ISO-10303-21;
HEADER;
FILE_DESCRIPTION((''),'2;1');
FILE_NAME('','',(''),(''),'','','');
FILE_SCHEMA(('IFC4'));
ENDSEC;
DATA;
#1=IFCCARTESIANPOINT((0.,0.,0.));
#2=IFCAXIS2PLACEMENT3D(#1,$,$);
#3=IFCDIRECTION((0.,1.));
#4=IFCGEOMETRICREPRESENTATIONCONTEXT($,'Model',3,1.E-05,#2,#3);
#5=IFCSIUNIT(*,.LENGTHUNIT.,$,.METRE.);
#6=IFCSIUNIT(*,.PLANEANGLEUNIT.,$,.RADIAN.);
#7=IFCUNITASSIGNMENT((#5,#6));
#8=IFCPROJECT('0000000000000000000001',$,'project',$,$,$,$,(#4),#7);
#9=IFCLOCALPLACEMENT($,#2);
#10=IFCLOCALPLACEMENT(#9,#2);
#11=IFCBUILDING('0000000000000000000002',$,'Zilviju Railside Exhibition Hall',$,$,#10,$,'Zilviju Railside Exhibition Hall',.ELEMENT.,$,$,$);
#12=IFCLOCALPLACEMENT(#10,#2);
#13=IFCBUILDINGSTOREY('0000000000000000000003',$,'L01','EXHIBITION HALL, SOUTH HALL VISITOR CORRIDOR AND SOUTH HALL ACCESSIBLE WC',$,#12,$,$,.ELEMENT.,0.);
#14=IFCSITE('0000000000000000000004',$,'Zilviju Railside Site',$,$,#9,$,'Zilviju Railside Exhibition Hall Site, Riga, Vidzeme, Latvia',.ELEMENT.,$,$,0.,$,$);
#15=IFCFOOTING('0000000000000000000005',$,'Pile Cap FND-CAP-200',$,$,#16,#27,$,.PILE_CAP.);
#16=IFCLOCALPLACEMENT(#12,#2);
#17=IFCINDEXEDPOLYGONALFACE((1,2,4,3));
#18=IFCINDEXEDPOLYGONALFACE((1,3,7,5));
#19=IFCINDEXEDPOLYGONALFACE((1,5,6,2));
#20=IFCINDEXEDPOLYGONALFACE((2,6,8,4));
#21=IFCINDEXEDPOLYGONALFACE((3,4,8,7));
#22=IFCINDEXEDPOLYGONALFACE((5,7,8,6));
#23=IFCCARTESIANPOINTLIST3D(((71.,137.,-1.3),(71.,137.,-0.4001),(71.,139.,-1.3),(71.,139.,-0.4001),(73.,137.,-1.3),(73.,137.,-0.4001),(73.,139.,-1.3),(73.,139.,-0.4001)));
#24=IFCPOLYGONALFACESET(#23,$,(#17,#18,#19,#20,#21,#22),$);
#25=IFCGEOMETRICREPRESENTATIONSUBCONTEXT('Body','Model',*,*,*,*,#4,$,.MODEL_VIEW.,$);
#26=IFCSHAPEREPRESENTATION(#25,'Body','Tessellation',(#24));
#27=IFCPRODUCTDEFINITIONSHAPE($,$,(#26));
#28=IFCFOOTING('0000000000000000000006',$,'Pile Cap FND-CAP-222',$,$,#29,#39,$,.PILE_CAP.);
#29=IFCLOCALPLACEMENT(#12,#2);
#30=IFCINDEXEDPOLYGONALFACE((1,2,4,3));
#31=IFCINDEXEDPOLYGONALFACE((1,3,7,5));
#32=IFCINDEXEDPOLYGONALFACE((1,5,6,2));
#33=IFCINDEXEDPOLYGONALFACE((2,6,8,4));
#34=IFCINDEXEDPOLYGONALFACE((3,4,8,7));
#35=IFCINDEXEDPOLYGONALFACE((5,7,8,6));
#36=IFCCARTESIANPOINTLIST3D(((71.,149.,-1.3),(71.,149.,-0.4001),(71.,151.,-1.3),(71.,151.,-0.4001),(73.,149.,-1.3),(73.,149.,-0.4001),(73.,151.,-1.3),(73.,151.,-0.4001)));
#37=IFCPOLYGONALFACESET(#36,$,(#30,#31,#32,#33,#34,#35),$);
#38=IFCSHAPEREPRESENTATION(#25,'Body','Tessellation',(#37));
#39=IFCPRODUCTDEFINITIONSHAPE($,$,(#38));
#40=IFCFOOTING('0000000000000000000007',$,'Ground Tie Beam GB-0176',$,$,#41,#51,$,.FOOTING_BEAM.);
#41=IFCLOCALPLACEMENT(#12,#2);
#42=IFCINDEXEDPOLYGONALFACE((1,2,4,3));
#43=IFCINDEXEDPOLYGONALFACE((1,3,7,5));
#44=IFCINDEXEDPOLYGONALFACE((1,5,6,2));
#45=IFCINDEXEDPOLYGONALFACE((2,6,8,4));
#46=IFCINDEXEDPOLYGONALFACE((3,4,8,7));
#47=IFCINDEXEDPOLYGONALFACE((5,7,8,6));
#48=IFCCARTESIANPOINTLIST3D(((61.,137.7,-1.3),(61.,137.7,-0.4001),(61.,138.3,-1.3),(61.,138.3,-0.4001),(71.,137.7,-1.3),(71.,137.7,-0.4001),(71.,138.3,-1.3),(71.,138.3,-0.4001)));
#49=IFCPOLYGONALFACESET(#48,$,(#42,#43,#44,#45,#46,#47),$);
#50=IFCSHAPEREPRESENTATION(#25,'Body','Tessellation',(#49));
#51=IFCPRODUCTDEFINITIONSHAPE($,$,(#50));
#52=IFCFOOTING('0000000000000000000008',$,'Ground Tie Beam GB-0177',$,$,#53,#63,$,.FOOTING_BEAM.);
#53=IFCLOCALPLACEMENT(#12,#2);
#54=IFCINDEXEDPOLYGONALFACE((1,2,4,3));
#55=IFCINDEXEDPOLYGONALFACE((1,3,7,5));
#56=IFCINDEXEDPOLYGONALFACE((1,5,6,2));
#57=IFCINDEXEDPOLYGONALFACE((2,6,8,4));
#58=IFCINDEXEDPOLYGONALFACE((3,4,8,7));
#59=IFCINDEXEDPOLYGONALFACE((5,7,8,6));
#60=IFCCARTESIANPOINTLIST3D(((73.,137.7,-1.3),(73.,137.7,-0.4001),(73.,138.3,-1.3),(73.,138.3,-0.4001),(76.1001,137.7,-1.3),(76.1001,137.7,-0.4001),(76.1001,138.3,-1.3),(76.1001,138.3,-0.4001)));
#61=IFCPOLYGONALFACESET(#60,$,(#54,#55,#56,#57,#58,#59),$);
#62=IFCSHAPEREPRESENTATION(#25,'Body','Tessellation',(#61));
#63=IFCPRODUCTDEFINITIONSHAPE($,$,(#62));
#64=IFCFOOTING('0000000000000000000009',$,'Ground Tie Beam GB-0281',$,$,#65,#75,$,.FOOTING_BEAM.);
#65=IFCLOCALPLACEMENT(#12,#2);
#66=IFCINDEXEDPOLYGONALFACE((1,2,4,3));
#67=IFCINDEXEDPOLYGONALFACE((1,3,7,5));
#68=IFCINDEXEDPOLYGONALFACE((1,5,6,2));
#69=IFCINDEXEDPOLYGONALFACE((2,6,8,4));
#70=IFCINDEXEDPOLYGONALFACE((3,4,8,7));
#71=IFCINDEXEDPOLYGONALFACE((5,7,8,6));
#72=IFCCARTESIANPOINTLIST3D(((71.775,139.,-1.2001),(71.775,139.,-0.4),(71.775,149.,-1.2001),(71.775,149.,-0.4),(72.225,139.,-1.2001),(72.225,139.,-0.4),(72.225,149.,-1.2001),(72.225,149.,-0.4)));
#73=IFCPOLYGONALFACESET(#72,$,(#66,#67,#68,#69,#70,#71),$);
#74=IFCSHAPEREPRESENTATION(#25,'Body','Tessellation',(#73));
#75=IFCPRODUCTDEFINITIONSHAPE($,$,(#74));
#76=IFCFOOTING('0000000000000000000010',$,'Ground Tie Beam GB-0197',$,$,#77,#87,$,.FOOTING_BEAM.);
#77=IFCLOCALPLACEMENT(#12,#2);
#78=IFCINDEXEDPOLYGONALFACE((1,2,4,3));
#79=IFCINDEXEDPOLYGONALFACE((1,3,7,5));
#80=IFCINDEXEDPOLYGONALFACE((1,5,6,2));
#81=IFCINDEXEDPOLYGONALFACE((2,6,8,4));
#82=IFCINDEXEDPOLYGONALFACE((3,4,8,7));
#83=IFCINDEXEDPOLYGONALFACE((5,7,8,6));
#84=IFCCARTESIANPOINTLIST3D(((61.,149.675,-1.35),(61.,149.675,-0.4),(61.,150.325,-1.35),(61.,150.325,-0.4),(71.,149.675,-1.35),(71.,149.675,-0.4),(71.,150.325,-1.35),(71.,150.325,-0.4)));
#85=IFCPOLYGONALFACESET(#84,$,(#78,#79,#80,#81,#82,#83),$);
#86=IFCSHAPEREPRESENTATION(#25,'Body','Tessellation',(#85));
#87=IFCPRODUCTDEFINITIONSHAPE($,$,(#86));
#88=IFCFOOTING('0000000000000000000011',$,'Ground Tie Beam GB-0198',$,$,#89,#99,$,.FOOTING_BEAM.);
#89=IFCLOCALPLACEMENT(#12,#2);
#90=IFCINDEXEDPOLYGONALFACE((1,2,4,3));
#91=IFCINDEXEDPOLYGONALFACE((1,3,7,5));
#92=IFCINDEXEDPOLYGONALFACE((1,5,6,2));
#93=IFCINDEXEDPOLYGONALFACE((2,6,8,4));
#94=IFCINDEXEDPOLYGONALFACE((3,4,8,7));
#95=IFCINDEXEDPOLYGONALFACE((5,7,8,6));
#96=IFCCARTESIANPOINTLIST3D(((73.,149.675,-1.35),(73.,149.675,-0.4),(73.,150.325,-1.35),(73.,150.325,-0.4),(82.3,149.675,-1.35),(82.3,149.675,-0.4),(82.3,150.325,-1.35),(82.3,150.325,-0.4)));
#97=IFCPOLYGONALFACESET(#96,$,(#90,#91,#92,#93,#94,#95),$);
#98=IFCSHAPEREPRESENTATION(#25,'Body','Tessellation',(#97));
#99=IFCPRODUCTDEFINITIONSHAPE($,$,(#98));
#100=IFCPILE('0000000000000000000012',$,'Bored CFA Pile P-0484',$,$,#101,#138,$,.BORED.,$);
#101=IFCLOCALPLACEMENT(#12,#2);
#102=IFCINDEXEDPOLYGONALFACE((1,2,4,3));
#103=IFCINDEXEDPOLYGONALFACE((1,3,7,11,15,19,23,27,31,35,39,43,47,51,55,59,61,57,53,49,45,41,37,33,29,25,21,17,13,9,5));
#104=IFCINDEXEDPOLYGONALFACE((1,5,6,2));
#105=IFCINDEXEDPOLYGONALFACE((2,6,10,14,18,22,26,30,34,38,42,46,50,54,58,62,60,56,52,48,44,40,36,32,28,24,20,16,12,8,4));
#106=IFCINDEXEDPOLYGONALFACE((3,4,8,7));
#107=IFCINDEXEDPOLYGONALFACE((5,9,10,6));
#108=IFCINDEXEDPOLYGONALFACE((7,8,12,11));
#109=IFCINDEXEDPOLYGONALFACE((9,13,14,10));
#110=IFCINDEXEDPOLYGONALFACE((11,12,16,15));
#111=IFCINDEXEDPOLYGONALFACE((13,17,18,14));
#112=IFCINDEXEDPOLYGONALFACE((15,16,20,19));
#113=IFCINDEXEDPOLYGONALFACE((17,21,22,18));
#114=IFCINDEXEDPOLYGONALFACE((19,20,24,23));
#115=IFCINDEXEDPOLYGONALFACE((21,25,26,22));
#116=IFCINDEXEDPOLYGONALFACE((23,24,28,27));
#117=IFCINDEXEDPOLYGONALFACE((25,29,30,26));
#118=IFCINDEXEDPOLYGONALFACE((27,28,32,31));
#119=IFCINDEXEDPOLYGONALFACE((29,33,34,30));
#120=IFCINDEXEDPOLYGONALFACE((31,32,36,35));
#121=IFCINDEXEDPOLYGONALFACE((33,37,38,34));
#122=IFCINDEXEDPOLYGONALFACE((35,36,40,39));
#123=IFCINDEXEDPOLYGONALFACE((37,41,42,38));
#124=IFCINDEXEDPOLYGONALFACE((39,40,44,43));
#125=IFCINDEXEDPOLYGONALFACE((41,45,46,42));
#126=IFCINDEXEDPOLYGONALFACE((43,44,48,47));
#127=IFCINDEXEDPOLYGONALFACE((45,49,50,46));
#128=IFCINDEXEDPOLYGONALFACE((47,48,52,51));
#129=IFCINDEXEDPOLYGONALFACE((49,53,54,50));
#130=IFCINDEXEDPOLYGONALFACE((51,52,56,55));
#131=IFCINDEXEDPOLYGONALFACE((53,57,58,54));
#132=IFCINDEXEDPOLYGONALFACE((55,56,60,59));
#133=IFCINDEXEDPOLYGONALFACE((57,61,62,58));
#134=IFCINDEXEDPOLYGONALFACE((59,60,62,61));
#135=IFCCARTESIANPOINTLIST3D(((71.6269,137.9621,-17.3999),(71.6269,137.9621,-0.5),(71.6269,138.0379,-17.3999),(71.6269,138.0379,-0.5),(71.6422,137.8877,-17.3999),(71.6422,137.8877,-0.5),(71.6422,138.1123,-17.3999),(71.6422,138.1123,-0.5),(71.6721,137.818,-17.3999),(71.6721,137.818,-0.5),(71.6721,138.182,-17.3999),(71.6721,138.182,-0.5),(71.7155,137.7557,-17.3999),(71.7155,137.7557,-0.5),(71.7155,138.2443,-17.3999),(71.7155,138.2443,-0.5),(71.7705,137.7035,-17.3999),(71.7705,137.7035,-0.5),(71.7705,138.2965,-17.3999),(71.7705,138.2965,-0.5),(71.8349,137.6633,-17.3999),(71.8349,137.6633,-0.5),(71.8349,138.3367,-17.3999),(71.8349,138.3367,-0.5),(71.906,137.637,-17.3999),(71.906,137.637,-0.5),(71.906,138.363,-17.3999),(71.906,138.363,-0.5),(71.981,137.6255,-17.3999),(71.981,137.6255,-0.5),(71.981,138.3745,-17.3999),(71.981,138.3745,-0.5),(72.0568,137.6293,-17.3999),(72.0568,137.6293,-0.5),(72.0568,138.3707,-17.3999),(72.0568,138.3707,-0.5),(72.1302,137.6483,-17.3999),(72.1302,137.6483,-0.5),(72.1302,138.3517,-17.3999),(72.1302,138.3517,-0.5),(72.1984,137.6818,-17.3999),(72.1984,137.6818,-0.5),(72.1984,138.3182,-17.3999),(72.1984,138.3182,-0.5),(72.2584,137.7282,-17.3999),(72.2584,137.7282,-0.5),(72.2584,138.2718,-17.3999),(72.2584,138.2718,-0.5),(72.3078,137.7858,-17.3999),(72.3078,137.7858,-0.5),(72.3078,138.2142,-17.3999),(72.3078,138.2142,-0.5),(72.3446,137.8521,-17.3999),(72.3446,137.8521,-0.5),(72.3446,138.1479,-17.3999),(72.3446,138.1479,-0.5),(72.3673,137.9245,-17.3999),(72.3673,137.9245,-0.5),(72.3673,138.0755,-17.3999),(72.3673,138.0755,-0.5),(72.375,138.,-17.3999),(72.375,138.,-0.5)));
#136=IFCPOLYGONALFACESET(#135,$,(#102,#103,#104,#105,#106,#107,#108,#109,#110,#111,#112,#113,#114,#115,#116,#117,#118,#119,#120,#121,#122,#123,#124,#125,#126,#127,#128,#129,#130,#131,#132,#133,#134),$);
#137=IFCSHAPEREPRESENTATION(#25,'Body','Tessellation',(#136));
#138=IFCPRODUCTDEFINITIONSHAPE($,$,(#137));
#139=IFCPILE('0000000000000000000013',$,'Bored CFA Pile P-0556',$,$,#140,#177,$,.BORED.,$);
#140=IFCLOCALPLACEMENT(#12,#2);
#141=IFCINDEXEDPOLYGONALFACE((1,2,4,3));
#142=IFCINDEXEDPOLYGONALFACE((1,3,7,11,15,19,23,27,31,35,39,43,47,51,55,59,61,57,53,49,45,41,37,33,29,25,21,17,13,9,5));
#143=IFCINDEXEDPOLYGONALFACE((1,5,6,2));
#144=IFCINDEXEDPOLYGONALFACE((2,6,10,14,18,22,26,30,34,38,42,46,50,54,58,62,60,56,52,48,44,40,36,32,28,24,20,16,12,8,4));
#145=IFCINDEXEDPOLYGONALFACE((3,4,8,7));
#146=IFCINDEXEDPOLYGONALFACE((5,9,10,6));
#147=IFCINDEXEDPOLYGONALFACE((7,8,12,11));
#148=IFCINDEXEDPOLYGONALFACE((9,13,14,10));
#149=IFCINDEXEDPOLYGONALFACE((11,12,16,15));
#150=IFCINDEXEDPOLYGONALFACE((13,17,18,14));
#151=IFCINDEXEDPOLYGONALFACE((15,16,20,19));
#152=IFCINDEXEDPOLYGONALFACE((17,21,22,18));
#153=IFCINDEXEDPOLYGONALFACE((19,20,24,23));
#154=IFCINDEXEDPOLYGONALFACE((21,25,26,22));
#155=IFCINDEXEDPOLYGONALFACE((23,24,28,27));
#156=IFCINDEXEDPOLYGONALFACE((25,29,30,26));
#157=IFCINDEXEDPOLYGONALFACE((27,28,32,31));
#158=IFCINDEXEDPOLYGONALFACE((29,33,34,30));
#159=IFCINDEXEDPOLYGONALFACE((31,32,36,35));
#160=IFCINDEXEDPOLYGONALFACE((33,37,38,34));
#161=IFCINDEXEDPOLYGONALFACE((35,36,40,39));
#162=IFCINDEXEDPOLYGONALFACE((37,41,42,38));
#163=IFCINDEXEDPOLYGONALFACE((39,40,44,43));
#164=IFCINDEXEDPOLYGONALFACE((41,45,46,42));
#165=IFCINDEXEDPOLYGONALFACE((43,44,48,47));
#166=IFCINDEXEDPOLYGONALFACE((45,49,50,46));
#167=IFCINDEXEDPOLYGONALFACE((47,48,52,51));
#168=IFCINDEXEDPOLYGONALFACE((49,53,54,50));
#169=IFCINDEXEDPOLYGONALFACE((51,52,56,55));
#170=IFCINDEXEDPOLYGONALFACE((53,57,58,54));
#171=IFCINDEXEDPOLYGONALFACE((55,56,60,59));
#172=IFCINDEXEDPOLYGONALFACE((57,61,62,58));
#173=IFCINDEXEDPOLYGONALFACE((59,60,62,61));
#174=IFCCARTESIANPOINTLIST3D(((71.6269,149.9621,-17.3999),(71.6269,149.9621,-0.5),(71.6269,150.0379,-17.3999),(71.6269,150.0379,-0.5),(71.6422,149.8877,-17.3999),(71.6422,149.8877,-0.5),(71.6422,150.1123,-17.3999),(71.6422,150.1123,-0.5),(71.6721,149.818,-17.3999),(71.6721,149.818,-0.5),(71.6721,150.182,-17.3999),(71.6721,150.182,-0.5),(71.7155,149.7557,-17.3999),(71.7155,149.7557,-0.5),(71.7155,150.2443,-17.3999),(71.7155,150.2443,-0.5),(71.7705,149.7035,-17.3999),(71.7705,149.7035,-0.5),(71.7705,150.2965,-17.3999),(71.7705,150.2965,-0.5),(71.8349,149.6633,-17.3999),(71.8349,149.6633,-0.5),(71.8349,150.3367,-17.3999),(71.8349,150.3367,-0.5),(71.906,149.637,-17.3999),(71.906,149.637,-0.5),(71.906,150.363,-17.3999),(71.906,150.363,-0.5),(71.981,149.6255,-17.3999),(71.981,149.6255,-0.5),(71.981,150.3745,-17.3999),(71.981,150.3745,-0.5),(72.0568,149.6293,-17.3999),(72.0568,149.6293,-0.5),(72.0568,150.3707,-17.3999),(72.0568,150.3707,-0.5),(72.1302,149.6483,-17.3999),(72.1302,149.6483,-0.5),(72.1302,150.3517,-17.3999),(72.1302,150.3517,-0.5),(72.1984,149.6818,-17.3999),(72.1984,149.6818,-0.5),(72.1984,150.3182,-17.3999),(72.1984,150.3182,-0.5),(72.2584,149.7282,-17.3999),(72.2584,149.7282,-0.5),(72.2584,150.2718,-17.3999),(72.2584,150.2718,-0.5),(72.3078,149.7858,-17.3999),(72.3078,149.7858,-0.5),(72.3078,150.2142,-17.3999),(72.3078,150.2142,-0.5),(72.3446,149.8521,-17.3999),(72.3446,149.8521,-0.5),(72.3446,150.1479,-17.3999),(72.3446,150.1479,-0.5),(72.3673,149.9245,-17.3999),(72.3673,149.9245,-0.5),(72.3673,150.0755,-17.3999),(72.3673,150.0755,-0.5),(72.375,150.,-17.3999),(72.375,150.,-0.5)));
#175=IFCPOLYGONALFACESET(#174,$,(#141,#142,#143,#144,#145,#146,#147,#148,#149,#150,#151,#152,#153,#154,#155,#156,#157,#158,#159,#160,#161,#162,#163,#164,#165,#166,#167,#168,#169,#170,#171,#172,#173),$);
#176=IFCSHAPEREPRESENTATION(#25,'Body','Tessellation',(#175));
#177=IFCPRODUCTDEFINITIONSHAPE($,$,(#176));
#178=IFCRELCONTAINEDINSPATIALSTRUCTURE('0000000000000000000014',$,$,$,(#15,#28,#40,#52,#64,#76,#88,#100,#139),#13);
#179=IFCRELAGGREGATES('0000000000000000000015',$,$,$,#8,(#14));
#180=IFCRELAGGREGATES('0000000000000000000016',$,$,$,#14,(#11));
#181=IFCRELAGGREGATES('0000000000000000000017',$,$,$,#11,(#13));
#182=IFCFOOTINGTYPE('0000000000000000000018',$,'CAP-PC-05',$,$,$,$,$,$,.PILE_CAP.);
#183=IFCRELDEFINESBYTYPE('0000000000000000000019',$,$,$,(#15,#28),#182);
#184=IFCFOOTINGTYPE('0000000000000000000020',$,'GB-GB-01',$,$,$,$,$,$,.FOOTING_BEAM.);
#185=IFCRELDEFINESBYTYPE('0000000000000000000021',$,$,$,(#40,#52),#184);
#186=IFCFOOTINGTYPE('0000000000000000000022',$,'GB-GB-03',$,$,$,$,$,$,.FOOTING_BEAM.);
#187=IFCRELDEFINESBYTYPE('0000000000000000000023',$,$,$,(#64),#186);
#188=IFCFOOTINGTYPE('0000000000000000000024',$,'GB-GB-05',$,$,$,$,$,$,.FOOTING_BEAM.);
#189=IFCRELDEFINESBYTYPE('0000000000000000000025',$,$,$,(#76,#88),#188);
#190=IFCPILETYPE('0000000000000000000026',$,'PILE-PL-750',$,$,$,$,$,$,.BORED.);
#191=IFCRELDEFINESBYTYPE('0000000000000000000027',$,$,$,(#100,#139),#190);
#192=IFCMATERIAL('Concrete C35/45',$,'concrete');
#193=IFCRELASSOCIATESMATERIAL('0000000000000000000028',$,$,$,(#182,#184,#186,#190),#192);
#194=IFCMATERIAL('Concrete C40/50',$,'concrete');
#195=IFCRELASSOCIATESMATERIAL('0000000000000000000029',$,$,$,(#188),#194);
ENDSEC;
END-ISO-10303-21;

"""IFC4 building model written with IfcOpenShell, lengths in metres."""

from ifc_helpers import new_model, si_unit, direction, frame, origin, origin_2d, place, context, subcontext, project, spatial, rectangle, circle, extrude, material, material_profile, profile_set, type_object, element, save


model = new_model("IFC4")

# Units and contexts
model_context = context("Model", 3, precision=1e-05, world=origin(), true_north=direction((0.0, 1.0)))
body_context = subcontext(model_context, "Body", "Model", "MODEL_VIEW")
ifc_project = project(units=[si_unit("LENGTHUNIT", "METRE"), si_unit("PLANEANGLEUNIT", "RADIAN")], contexts=[model_context])

# Site, building, storey
site_placement = place(None, origin())
site = spatial("IfcSite", under=ifc_project, at=site_placement, Name="Zilviju Railside Site", LongName="Zilviju Railside Exhibition Hall Site, Riga, Vidzeme, Latvia", CompositionType="ELEMENT", RefElevation=0.0)
building_placement = place(site_placement, origin())
building = spatial("IfcBuilding", under=site, at=building_placement, Name="Zilviju Railside Exhibition Hall", LongName="Zilviju Railside Exhibition Hall", CompositionType="ELEMENT")
storey_placement = place(building_placement, origin())
storey = spatial("IfcBuildingStorey", under=building, at=storey_placement, Name="L01", Description="EXHIBITION HALL, SOUTH HALL VISITOR CORRIDOR AND SOUTH HALL ACCESSIBLE WC", CompositionType="ELEMENT", Elevation=0.0)

# Footings
ifc_material_1 = material(Name="Concrete C35/45", Category="concrete")
footing_type_1 = type_object("IfcFootingType", Name="CAP-PC-05", PredefinedType="PILE_CAP", material=ifc_material_1)
for number, where, z_axis, x_axis, name in (
    (1, (72.0, 138.0, -1.3), (0.0, 0.0, 1.0), (1.0, 0.0, 0.0), "Pile Cap FND-CAP-200"),
    (2, (72.0, 150.0, -1.3), (0.0, 0.0, 1.0), (1.0, 0.0, 0.0), "Pile Cap FND-CAP-222"),
):
    element("IfcFooting", number, at=place(storey_placement, frame(where, z_axis=z_axis, x_axis=x_axis)), inside=storey, type_object=footing_type_1, Name=name, PredefinedType="PILE_CAP", context=body_context, shape_type="SweptSolid", body=[
        extrude(rectangle(XDim=2.0, YDim=2.0, at=origin_2d()), origin(), (0.0, 0.0, 1.0), 0.8999),
    ])
ifc_material_profile_1 = material_profile(ifc_material_1, rectangle(XDim=0.6001, YDim=0.8999, at=origin_2d()), Name="TIE BEAM 600x900")
ifc_profile_set_1 = profile_set([ifc_material_profile_1], Name="Concrete C35/45")
footing_type_2 = type_object("IfcFootingType", Name="GB-GB-01", PredefinedType="FOOTING_BEAM", material=ifc_profile_set_1)
footing_1_placement = place(storey_placement, frame((61.0, 138.0, -0.8501), z_axis=(1.0, 0.0, 0.0), x_axis=(0.0, 1.0, 0.0)))
element("IfcFooting", 3, at=footing_1_placement, inside=storey, type_object=footing_type_2, Name="Ground Tie Beam GB-0176", PredefinedType="FOOTING_BEAM", context=body_context, shape_type="SweptSolid", body=[
    extrude(rectangle(XDim=0.6001, YDim=0.8999, at=origin_2d()), origin(), (0.0, 0.0, 1.0), 10.0),
])
footing_2_placement = place(storey_placement, frame((73.0, 138.0, -0.8501), z_axis=(1.0, 0.0, 0.0), x_axis=(0.0, 1.0, 0.0)))
element("IfcFooting", 4, at=footing_2_placement, inside=storey, type_object=footing_type_2, Name="Ground Tie Beam GB-0177", PredefinedType="FOOTING_BEAM", context=body_context, shape_type="SweptSolid", body=[
    extrude(rectangle(XDim=0.6001, YDim=0.8999, at=origin_2d()), origin(), (0.0, 0.0, 1.0), 3.1001),
])
ifc_material_profile_2 = material_profile(ifc_material_1, rectangle(XDim=0.45, YDim=0.8, at=origin_2d()), Name="TIE BEAM 450x800")
ifc_profile_set_2 = profile_set([ifc_material_profile_2], Name="Concrete C35/45")
footing_type_3 = type_object("IfcFootingType", Name="GB-GB-03", PredefinedType="FOOTING_BEAM", material=ifc_profile_set_2)
footing_3_placement = place(storey_placement, frame((72.0, 139.0, -0.8), z_axis=(0.0, 1.0, 0.0), x_axis=(-1.0, 0.0, 0.0)))
element("IfcFooting", 5, at=footing_3_placement, inside=storey, type_object=footing_type_3, Name="Ground Tie Beam GB-0281", PredefinedType="FOOTING_BEAM", context=body_context, shape_type="SweptSolid", body=[
    extrude(rectangle(XDim=0.45, YDim=0.8, at=origin_2d()), origin(), (0.0, 0.0, 1.0), 10.0),
])
ifc_material_2 = material(Name="Concrete C40/50", Category="concrete")
ifc_material_profile_3 = material_profile(ifc_material_2, rectangle(XDim=0.6499, YDim=0.95, at=origin_2d()), Name="TIE BEAM 650x950")
ifc_profile_set_3 = profile_set([ifc_material_profile_3], Name="Concrete C40/50")
footing_type_4 = type_object("IfcFootingType", Name="GB-GB-05", PredefinedType="FOOTING_BEAM", material=ifc_profile_set_3)
footing_4_placement = place(storey_placement, frame((61.0, 150.0, -0.875), z_axis=(1.0, 0.0, 0.0), x_axis=(0.0, 1.0, 0.0)))
element("IfcFooting", 6, at=footing_4_placement, inside=storey, type_object=footing_type_4, Name="Ground Tie Beam GB-0197", PredefinedType="FOOTING_BEAM", context=body_context, shape_type="SweptSolid", body=[
    extrude(rectangle(XDim=0.6499, YDim=0.95, at=origin_2d()), origin(), (0.0, 0.0, 1.0), 10.0),
])
footing_5_placement = place(storey_placement, frame((73.0, 150.0, -0.875), z_axis=(1.0, 0.0, 0.0), x_axis=(0.0, 1.0, 0.0)))
element("IfcFooting", 7, at=footing_5_placement, inside=storey, type_object=footing_type_4, Name="Ground Tie Beam GB-0198", PredefinedType="FOOTING_BEAM", context=body_context, shape_type="SweptSolid", body=[
    extrude(rectangle(XDim=0.6499, YDim=0.95, at=origin_2d()), origin(), (0.0, 0.0, 1.0), 9.3),
])

# Piles
ifc_material_profile_4 = material_profile(ifc_material_1, circle(Radius=0.375, at=origin_2d()), Name="CFA PILE D750")
ifc_profile_set_4 = profile_set([ifc_material_profile_4], Name="Concrete C35/45")
pile_type_1 = type_object("IfcPileType", Name="PILE-PL-750", PredefinedType="BORED", material=ifc_profile_set_4)
for number, where, z_axis, x_axis, name in (
    (8, (72.0, 138.0, -0.5), (0.0, 0.0, -1.0), (1.0, 0.0, 0.0), "Bored CFA Pile P-0484"),
    (9, (72.0, 150.0, -0.5), (0.0, 0.0, -1.0), (1.0, 0.0, 0.0), "Bored CFA Pile P-0556"),
):
    element("IfcPile", number, at=place(storey_placement, frame(where, z_axis=z_axis, x_axis=x_axis)), inside=storey, type_object=pile_type_1, Name=name, PredefinedType="BORED", context=body_context, shape_type="SweptSolid", body=[
        extrude(circle(Radius=0.375, at=origin_2d()), origin(), (0.0, 0.0, 1.0), 16.8999),
    ])

save(model, "model.ifc")
